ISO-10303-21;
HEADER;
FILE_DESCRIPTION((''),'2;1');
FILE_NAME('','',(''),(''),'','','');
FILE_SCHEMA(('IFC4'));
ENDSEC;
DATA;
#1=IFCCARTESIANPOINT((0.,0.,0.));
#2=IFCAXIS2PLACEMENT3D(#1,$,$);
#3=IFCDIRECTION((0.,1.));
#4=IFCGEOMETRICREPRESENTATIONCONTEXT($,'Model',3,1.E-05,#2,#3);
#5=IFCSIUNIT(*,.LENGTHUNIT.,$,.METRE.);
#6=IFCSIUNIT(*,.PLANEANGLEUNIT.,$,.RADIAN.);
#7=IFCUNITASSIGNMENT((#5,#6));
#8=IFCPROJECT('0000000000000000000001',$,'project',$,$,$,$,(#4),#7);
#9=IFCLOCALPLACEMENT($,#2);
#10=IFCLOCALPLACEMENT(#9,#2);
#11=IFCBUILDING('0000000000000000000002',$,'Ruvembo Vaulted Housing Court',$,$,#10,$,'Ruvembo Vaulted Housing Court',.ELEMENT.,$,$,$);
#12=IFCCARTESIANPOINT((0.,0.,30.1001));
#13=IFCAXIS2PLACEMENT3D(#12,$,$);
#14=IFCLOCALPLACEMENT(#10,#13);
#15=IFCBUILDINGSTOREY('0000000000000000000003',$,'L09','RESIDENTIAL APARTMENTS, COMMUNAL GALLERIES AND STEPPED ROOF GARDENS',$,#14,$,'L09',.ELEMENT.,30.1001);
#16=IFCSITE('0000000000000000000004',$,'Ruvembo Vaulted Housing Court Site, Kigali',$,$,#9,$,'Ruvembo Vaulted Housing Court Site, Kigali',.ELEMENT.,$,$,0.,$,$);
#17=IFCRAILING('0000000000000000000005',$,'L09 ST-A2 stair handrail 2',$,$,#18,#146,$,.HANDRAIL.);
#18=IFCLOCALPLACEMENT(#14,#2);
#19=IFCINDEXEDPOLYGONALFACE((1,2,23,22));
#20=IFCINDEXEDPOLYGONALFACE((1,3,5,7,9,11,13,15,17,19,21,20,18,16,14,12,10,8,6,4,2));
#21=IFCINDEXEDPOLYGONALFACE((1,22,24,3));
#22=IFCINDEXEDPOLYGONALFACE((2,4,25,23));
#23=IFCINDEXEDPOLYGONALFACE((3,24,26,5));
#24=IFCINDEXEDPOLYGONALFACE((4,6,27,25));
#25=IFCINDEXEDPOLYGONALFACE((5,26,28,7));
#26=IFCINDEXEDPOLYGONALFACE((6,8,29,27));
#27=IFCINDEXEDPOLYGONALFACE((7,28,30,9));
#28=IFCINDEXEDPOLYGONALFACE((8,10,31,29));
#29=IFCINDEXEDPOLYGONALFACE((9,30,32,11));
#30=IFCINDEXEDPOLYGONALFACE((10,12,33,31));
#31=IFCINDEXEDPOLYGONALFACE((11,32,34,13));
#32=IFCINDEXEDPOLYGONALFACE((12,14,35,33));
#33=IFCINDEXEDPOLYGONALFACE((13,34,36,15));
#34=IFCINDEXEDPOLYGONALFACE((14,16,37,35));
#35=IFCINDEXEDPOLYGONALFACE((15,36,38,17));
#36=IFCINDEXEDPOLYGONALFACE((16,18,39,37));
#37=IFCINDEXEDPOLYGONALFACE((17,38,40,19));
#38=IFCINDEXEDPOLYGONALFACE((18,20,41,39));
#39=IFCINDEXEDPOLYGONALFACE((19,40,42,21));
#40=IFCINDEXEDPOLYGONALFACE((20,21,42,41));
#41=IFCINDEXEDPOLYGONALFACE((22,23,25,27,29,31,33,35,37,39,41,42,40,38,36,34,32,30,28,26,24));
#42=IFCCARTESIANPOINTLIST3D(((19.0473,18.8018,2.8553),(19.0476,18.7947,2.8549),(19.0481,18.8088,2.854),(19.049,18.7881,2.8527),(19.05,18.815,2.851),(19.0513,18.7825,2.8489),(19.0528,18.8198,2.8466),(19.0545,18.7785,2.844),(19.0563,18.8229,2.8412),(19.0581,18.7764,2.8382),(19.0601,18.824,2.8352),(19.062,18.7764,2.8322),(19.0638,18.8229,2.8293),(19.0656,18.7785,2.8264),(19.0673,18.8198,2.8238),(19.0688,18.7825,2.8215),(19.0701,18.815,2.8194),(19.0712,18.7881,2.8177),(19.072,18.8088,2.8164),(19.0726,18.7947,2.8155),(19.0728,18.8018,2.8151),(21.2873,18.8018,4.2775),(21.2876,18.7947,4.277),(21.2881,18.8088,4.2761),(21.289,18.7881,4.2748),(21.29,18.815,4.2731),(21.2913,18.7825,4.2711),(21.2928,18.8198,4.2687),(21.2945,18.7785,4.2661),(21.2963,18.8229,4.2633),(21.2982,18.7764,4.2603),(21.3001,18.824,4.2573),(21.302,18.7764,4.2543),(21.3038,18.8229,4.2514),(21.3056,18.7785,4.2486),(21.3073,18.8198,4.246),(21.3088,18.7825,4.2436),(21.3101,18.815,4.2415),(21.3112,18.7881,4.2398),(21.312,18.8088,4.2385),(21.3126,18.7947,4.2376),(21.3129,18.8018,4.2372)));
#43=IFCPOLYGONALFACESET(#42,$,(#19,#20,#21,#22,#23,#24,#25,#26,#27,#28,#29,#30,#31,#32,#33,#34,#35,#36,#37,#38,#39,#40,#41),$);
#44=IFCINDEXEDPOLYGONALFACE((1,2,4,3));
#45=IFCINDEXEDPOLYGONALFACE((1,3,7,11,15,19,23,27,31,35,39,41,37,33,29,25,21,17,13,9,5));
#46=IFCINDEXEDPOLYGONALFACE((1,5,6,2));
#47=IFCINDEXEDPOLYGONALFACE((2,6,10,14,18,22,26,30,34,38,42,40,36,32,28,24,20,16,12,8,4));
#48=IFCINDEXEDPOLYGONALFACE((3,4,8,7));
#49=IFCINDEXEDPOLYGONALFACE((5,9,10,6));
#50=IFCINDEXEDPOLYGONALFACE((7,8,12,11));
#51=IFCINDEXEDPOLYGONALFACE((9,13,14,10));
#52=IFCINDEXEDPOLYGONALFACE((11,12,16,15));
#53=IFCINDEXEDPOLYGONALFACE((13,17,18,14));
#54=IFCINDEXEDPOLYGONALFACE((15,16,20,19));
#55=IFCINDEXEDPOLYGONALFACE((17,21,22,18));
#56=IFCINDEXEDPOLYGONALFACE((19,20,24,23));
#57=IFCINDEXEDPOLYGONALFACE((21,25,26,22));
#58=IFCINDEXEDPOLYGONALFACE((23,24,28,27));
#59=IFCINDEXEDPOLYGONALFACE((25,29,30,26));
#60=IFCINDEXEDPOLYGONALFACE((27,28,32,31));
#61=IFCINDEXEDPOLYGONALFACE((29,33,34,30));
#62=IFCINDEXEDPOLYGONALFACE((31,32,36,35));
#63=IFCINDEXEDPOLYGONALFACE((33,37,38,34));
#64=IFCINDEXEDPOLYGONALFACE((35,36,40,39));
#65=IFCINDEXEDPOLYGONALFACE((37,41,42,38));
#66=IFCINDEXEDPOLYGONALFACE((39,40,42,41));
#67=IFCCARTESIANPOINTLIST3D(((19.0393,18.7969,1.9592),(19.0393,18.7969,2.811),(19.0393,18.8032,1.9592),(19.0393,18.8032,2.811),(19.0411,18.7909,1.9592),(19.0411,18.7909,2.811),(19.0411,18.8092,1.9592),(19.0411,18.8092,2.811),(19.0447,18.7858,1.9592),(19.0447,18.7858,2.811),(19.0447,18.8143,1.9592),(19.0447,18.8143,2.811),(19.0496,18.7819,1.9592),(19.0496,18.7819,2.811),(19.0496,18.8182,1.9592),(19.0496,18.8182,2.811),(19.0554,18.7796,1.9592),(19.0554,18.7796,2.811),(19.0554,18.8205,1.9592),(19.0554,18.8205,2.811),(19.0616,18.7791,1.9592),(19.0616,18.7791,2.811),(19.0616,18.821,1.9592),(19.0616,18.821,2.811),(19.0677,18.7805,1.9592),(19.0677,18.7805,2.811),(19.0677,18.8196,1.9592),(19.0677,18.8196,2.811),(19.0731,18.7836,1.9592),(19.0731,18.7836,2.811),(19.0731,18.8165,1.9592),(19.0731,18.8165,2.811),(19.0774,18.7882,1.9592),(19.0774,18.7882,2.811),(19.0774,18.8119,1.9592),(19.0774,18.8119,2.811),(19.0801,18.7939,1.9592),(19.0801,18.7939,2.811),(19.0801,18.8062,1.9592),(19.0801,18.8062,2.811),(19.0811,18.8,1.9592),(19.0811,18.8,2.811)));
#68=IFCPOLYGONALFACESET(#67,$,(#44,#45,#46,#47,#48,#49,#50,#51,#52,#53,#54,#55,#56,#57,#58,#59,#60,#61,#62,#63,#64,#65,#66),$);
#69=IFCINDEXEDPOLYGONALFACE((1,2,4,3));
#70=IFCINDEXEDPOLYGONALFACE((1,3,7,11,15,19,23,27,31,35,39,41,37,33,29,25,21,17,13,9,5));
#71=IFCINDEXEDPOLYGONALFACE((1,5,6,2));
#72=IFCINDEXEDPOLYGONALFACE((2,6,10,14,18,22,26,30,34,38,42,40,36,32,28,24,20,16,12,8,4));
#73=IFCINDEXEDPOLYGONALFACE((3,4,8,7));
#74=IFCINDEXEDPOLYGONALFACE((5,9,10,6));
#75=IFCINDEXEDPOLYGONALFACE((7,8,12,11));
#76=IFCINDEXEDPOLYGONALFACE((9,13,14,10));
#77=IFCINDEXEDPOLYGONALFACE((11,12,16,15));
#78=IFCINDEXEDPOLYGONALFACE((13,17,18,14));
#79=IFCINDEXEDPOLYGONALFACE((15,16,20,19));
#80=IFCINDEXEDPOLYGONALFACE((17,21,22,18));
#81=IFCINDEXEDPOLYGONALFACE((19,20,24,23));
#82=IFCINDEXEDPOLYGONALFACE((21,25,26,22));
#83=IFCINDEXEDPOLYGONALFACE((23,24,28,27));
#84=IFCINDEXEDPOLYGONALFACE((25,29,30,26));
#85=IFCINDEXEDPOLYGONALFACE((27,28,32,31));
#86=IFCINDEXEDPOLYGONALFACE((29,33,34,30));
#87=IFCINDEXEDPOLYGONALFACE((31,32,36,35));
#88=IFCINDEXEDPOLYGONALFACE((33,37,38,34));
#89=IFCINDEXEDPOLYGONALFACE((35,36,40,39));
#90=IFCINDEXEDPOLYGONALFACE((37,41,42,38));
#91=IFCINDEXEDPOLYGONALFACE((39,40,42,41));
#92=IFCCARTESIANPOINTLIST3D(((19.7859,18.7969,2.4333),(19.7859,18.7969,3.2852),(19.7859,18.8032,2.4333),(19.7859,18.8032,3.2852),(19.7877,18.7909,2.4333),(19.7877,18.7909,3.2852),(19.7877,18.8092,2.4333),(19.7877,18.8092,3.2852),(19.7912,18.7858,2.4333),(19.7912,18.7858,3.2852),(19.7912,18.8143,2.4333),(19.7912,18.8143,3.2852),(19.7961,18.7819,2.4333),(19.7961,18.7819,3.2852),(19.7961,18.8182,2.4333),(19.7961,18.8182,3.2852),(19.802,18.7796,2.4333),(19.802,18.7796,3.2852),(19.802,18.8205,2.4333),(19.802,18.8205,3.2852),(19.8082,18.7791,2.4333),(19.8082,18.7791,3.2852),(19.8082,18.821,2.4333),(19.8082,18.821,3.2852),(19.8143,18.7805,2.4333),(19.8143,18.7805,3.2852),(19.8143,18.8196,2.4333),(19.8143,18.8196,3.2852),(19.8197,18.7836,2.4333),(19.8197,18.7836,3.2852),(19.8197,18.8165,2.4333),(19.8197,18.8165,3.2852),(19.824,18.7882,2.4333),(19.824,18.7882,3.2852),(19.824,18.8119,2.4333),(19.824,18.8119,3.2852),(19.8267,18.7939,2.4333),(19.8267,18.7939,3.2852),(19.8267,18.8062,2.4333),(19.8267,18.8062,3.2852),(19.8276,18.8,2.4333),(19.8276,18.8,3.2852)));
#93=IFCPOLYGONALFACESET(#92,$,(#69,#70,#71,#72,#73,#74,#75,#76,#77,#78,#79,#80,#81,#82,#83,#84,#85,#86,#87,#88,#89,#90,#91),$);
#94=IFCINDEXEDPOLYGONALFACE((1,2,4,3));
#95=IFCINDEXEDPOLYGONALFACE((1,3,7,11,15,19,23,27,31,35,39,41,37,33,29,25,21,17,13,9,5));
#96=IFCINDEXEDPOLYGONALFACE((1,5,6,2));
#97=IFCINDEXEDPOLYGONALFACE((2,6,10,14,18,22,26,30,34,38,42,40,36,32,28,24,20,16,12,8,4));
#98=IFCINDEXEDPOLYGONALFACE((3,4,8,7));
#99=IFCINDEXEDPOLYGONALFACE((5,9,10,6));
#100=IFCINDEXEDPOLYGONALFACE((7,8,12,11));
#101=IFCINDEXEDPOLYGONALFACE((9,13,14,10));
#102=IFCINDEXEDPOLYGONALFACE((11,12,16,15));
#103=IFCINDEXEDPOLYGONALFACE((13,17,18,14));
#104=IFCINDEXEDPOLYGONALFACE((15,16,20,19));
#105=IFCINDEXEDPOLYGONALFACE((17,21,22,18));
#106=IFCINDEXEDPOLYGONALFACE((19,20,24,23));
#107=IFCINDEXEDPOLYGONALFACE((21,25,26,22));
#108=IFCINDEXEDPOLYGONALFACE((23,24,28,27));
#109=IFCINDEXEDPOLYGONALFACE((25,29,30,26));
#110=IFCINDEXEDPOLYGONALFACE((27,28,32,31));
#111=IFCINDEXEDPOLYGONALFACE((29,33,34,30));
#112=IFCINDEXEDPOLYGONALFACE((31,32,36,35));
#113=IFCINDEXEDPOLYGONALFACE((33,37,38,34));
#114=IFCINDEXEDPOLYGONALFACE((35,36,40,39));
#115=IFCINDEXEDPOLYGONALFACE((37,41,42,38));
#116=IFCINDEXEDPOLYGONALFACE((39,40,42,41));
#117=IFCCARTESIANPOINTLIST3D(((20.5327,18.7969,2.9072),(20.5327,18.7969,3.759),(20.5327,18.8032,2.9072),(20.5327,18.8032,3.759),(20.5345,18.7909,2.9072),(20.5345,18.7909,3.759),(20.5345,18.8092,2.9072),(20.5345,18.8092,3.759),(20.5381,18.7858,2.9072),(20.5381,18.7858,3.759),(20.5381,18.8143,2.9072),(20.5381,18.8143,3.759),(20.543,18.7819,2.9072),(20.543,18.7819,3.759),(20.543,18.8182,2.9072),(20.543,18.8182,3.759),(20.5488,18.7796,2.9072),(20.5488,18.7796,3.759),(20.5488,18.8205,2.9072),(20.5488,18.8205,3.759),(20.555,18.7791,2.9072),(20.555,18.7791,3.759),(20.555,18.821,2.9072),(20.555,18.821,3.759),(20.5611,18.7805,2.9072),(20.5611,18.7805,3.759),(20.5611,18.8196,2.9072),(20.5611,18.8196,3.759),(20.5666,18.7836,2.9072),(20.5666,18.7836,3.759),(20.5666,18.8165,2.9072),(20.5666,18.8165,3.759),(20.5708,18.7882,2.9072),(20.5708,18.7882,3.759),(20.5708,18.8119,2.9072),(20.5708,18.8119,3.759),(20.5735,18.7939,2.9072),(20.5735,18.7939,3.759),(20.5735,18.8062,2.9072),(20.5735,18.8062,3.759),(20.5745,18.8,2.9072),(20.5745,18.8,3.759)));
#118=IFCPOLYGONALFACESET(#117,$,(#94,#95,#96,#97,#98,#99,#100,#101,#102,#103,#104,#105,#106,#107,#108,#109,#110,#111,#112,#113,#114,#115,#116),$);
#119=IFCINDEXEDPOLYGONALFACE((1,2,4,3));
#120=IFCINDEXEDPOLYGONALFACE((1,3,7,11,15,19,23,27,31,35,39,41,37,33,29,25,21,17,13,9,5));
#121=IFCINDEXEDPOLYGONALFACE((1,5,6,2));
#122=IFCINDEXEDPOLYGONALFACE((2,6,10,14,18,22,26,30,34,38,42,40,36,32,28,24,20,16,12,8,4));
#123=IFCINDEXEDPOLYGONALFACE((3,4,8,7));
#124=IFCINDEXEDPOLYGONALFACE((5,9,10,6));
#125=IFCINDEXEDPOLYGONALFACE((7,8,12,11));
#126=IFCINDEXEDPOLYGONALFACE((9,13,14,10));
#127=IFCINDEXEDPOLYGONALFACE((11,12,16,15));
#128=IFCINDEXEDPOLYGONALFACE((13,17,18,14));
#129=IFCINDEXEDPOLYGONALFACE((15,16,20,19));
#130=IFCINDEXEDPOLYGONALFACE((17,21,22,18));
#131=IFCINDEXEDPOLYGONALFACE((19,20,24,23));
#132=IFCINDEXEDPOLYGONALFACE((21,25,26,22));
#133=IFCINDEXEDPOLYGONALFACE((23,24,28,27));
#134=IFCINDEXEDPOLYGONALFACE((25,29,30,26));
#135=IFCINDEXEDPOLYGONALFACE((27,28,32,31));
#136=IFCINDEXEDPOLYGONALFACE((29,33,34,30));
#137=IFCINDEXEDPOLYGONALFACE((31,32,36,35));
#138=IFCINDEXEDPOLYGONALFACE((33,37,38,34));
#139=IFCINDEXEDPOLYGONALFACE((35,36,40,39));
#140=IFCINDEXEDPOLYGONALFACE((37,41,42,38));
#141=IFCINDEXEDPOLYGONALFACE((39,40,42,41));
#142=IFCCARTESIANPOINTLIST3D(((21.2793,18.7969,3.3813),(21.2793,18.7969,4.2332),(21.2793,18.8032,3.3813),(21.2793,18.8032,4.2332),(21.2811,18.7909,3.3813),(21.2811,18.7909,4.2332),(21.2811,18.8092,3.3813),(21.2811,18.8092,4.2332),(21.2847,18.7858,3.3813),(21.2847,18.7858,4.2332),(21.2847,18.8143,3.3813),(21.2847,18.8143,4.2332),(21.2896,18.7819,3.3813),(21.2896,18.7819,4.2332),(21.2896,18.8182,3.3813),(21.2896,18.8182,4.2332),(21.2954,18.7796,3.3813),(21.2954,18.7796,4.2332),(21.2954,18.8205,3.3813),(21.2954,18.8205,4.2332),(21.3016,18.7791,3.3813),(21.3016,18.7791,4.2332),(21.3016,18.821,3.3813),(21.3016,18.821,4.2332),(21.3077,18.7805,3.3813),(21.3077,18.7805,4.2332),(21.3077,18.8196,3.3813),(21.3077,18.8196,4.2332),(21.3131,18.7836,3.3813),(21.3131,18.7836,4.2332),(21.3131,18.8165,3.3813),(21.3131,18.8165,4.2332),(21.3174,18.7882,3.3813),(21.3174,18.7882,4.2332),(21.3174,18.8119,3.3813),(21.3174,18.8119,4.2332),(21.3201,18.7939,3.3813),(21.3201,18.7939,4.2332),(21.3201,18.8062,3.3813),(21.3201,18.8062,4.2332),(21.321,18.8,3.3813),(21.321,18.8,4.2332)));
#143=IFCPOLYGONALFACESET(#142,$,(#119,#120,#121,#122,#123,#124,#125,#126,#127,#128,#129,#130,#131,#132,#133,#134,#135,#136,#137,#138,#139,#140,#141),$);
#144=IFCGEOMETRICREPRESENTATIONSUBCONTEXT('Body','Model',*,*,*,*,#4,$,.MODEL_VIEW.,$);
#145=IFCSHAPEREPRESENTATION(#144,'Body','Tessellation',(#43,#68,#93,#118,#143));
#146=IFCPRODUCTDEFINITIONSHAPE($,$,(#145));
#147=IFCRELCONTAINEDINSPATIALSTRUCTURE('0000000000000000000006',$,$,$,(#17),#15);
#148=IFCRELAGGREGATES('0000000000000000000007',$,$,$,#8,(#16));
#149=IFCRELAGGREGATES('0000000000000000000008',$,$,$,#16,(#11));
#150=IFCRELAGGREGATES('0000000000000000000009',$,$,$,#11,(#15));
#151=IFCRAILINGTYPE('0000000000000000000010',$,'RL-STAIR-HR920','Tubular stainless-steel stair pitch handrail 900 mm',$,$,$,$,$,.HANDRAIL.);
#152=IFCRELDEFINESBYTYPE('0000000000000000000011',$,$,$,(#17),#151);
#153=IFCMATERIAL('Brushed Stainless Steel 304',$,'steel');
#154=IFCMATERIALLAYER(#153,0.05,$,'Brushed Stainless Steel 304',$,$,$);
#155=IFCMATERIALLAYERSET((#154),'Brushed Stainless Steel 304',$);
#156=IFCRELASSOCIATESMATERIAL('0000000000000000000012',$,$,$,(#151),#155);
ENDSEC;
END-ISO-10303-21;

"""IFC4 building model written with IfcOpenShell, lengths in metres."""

from ifc_helpers import new_model, si_unit, direction, frame, origin, origin_2d, place, context, subcontext, project, spatial, circle, extrude, material, layer, layer_set, type_object, element, save


model = new_model("IFC4")

# Units and contexts
model_context = context("Model", 3, precision=1e-05, world=origin(), true_north=direction((0.0, 1.0)))
body_context = subcontext(model_context, "Body", "Model", "MODEL_VIEW")
ifc_project = project(units=[si_unit("LENGTHUNIT", "METRE"), si_unit("PLANEANGLEUNIT", "RADIAN")], contexts=[model_context])

# Site, building, storey
site_placement = place(None, origin())
site = spatial("IfcSite", under=ifc_project, at=site_placement, Name="Ruvembo Vaulted Housing Court Site, Kigali", LongName="Ruvembo Vaulted Housing Court Site, Kigali", CompositionType="ELEMENT", RefElevation=0.0)
building_placement = place(site_placement, origin())
building = spatial("IfcBuilding", under=site, at=building_placement, Name="Ruvembo Vaulted Housing Court", LongName="Ruvembo Vaulted Housing Court", CompositionType="ELEMENT")
storey_placement = place(building_placement, frame((0.0, 0.0, 30.1001)))
storey = spatial("IfcBuildingStorey", under=building, at=storey_placement, Name="L09", Description="RESIDENTIAL APARTMENTS, COMMUNAL GALLERIES AND STEPPED ROOF GARDENS", LongName="L09", CompositionType="ELEMENT", Elevation=30.1001)

# Shared definitions
ifc_material_1 = material(Name="Brushed Stainless Steel 304", Category="steel")

# Railing
ifc_layer_1 = layer(ifc_material_1, 0.05, Name="Brushed Stainless Steel 304")
ifc_layer_set_1 = layer_set([ifc_layer_1], Name="Brushed Stainless Steel 304")
railing_type_1 = type_object("IfcRailingType", Name="RL-STAIR-HR920", Description="Tubular stainless-steel stair pitch handrail 900 mm", PredefinedType="HANDRAIL", material=ifc_layer_set_1)
railing_1_placement = place(storey_placement, frame((19.0601, 18.8, 1.9592)))
element("IfcRailing", 1, at=railing_1_placement, inside=storey, type_object=railing_type_1, Name="L09 ST-A2 stair handrail 2", PredefinedType="HANDRAIL", context=body_context, shape_type="SweptSolid", body=[
    extrude(circle(Radius=0.0239, at=origin_2d()), frame((0.0, 0.0, 0.876), z_axis=(0.844229, 0.0, 0.535982), x_axis=(0.0, 1.0, 0.0)), (0.0, 0.0, 1.0), 2.6533),
    extrude(circle(Radius=0.021, at=origin_2d()), origin(), (0.0, 0.0, 1.0), 0.8518),
    extrude(circle(Radius=0.021, at=origin_2d()), frame((0.7466, 0.0, 0.4741)), (0.0, 0.0, 1.0), 0.8518),
    extrude(circle(Radius=0.021, at=origin_2d()), frame((1.4934, 0.0, 0.948)), (0.0, 0.0, 1.0), 0.8518),
    extrude(circle(Radius=0.021, at=origin_2d()), frame((2.24, 0.0, 1.4221)), (0.0, 0.0, 1.0), 0.8518),
])

save(model, "model.ifc")
